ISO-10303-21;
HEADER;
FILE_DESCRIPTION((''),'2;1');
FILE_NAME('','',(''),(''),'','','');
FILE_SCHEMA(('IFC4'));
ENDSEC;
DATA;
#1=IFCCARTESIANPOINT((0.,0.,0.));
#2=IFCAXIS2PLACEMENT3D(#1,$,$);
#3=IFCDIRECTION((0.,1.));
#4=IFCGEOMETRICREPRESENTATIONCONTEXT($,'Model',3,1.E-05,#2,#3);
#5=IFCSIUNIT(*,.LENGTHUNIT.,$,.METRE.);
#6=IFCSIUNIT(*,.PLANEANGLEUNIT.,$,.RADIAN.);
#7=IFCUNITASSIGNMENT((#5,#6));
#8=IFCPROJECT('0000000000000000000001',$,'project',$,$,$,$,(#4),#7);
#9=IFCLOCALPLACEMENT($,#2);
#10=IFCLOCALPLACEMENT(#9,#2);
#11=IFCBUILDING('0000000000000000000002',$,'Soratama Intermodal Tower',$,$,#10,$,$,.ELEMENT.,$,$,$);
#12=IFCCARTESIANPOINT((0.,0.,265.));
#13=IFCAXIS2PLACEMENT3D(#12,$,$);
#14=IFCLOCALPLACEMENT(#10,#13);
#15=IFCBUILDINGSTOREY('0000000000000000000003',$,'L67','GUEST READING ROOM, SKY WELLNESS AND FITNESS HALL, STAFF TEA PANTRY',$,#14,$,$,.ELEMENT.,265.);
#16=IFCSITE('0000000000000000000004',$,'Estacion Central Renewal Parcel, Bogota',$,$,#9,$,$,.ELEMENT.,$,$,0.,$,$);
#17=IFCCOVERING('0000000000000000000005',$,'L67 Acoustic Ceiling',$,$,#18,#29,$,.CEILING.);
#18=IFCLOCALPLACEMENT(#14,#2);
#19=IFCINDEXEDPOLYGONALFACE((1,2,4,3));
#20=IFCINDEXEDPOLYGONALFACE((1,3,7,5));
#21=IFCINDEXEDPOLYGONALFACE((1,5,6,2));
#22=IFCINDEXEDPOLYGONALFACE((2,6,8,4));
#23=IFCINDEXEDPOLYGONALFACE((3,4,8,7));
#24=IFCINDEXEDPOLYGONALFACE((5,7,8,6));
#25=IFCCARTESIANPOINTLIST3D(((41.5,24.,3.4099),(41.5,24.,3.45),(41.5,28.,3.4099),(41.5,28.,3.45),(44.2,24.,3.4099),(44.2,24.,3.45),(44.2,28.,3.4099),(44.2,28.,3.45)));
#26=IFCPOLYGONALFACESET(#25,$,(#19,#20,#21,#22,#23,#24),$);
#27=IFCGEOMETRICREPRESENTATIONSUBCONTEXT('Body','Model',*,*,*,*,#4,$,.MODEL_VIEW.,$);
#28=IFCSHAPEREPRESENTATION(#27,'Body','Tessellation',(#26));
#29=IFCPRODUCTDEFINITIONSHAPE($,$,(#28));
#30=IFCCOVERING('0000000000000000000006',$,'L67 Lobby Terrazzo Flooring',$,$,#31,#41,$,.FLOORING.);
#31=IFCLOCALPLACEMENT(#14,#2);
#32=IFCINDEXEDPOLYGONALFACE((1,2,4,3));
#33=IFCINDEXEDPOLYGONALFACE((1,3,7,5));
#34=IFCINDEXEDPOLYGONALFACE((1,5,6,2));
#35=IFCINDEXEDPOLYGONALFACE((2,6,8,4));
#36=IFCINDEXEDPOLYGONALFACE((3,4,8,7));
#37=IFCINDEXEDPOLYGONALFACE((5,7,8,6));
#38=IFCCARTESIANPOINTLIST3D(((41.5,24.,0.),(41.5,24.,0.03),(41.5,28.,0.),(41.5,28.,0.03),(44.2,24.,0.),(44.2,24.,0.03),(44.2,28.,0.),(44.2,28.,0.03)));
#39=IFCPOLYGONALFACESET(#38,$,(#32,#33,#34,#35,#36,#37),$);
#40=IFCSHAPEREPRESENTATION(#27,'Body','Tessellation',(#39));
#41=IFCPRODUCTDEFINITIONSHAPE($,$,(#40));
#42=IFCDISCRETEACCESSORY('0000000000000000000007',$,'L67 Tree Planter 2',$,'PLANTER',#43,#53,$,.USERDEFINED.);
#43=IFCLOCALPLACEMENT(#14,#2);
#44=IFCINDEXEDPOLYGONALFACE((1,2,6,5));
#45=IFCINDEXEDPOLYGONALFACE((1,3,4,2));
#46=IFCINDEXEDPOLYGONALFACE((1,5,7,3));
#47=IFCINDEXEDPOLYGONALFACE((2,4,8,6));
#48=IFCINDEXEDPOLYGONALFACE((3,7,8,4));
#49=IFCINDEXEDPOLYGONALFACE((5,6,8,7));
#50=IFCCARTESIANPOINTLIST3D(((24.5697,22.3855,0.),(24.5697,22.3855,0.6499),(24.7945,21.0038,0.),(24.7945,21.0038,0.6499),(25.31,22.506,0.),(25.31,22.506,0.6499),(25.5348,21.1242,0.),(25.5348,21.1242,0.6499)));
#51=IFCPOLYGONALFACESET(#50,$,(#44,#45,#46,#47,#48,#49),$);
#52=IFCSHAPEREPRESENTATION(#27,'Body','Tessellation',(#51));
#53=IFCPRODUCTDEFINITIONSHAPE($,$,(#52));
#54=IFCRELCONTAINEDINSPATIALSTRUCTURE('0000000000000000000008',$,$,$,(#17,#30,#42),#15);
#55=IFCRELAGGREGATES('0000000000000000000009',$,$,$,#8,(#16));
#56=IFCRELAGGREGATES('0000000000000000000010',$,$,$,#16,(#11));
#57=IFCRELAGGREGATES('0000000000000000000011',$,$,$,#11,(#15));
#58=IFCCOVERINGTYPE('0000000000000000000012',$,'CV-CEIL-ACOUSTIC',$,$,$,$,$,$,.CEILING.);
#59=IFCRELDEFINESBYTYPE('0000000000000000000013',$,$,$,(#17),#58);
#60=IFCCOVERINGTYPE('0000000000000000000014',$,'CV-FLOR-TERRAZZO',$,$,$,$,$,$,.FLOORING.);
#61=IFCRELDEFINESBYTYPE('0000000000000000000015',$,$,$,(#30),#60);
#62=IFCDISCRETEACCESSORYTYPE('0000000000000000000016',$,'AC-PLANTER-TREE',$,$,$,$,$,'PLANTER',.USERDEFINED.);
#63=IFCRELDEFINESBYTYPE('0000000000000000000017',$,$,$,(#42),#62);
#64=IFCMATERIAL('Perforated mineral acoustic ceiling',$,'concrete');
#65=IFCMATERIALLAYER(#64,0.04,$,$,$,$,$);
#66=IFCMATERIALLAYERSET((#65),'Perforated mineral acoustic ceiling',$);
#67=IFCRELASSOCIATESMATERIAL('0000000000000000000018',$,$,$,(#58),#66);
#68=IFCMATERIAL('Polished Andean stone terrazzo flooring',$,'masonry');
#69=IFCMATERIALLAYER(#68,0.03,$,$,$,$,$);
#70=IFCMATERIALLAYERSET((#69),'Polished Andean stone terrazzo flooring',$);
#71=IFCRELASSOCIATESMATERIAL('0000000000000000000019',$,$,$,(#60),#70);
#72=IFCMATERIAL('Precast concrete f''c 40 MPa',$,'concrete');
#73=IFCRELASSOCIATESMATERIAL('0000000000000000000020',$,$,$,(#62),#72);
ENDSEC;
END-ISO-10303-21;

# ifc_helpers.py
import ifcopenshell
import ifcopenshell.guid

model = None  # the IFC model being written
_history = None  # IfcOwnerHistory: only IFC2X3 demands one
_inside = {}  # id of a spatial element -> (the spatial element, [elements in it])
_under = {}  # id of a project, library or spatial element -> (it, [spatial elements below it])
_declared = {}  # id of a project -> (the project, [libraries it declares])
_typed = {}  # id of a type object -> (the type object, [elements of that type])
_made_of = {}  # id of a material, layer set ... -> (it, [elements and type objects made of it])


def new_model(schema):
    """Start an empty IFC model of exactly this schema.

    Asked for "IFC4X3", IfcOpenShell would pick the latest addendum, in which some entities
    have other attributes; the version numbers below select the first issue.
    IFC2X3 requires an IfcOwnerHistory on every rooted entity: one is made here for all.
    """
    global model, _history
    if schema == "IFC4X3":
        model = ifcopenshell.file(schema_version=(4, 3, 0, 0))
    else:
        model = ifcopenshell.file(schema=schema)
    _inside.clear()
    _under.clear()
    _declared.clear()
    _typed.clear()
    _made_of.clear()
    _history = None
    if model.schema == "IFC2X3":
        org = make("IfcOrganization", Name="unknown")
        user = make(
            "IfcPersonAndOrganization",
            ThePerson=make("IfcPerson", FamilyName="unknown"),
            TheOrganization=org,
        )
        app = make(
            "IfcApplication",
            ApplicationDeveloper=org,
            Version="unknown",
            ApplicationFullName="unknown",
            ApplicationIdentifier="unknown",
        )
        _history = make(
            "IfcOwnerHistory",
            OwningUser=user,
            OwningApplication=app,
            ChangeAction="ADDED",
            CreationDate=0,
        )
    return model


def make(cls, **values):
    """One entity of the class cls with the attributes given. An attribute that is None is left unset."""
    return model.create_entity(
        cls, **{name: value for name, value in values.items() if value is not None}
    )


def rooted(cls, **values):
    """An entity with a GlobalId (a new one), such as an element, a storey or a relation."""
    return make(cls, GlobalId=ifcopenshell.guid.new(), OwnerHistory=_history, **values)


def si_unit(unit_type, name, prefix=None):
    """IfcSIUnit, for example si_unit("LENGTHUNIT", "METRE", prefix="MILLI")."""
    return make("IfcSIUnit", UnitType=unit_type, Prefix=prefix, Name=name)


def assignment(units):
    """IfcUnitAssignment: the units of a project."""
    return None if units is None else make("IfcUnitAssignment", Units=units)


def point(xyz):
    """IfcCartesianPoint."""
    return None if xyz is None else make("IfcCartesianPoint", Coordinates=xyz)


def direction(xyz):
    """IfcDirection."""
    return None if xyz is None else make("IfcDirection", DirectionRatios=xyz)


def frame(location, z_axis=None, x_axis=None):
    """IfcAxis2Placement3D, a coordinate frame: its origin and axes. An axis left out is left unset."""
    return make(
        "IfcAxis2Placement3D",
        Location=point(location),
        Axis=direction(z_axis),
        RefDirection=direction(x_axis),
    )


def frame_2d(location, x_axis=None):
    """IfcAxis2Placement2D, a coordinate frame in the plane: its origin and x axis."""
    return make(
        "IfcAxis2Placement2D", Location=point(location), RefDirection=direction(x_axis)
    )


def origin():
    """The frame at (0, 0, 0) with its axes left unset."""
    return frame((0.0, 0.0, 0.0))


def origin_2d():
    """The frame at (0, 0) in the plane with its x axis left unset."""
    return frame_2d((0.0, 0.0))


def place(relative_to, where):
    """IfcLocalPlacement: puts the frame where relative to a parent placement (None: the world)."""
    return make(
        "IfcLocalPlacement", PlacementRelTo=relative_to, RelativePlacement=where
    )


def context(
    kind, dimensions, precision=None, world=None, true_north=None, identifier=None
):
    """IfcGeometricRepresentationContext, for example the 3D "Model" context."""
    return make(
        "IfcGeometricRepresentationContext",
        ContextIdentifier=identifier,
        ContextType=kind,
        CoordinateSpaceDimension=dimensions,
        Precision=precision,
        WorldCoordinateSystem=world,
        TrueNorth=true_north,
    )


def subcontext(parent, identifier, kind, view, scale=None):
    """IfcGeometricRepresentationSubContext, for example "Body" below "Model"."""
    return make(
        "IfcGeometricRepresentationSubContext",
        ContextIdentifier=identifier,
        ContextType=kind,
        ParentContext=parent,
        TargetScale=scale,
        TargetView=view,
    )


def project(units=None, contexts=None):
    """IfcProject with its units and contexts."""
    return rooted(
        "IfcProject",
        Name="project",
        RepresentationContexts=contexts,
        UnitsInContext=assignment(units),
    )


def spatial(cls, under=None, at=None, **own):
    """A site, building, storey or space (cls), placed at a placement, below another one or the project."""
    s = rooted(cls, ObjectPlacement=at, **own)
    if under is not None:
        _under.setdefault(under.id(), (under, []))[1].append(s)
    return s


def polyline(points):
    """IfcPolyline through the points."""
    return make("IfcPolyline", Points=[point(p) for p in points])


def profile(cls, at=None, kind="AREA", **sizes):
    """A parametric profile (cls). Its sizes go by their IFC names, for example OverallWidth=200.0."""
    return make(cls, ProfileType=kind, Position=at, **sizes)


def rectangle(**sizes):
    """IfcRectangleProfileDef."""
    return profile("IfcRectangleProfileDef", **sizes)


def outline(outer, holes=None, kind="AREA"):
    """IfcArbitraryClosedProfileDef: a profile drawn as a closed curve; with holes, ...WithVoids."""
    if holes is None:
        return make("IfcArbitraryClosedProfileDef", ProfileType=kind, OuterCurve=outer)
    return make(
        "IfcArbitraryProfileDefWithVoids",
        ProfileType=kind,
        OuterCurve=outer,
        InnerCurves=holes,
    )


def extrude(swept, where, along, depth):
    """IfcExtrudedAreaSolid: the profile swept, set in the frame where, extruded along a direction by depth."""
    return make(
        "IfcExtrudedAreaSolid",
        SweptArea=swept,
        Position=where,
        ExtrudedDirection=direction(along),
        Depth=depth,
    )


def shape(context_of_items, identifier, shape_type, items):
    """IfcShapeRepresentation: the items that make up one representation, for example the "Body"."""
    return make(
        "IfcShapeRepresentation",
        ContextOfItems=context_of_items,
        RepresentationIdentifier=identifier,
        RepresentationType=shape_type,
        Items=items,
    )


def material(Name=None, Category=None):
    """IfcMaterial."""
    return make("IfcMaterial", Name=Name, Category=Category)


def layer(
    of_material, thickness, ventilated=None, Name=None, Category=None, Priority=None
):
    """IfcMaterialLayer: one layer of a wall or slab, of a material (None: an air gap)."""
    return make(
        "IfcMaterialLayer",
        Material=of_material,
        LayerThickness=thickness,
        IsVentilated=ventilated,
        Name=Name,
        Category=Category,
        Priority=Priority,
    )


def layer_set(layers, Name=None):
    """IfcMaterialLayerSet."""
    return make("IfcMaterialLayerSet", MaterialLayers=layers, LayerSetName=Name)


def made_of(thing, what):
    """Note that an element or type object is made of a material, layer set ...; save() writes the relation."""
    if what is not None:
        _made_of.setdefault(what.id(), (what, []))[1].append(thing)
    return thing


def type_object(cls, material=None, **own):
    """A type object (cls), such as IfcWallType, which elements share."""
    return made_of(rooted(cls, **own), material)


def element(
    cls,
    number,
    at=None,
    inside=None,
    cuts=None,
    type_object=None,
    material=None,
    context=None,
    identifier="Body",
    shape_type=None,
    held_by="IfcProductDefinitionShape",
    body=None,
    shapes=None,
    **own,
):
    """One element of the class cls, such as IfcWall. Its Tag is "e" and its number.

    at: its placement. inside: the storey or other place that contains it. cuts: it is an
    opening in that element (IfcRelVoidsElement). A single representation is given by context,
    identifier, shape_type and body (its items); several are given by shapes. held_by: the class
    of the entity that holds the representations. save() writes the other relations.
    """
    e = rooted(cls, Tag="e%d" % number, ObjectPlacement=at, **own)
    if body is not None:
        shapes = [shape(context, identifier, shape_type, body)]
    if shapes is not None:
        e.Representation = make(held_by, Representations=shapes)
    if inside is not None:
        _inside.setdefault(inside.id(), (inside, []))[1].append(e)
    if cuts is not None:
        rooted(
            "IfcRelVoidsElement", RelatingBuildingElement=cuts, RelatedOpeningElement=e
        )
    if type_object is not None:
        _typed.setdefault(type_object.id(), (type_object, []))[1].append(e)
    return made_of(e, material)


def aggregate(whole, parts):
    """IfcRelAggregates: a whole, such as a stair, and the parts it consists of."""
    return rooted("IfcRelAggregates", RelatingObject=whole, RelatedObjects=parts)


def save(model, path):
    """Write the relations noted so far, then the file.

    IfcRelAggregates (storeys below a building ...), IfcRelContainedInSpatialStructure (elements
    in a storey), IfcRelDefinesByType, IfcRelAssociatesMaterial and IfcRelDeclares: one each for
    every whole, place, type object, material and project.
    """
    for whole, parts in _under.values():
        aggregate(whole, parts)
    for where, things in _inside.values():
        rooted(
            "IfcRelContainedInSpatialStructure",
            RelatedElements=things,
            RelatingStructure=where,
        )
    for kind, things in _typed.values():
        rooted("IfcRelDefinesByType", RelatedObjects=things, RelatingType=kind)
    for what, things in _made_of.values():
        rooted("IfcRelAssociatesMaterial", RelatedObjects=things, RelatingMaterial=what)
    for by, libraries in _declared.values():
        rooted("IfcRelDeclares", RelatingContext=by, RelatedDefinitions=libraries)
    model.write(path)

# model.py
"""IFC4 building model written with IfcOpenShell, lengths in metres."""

from ifc_helpers import new_model, si_unit, direction, frame, origin, origin_2d, place, context, subcontext, project, spatial, polyline, rectangle, outline, extrude, material, layer, layer_set, type_object, element, save


model = new_model("IFC4")

# Units and contexts
model_context = context("Model", 3, precision=1e-05, world=origin(), true_north=direction((0.0, 1.0)))
body_context = subcontext(model_context, "Body", "Model", "MODEL_VIEW")
ifc_project = project(units=[si_unit("LENGTHUNIT", "METRE"), si_unit("PLANEANGLEUNIT", "RADIAN")], contexts=[model_context])

# Site, building, storey
site_placement = place(None, origin())
site = spatial("IfcSite", under=ifc_project, at=site_placement, Name="Estacion Central Renewal Parcel, Bogota", CompositionType="ELEMENT", RefElevation=0.0)
building_placement = place(site_placement, origin())
building = spatial("IfcBuilding", under=site, at=building_placement, Name="Soratama Intermodal Tower", CompositionType="ELEMENT")
storey_placement = place(building_placement, frame((0.0, 0.0, 265.0)))
storey = spatial("IfcBuildingStorey", under=building, at=storey_placement, Name="L67", Description="GUEST READING ROOM, SKY WELLNESS AND FITNESS HALL, STAFF TEA PANTRY", CompositionType="ELEMENT", Elevation=265.0)

# Coverings
ifc_material_1 = material(Name="Perforated mineral acoustic ceiling", Category="concrete")
ifc_layer_1 = layer(ifc_material_1, 0.04)
ifc_layer_set_1 = layer_set([ifc_layer_1], Name="Perforated mineral acoustic ceiling")
covering_type_1 = type_object("IfcCoveringType", Name="CV-CEIL-ACOUSTIC", PredefinedType="CEILING", material=ifc_layer_set_1)
covering_1_placement = place(storey_placement, frame((0.0, 0.0, 3.4099)))
element("IfcCovering", 1, at=covering_1_placement, inside=storey, type_object=covering_type_1, Name="L67 Acoustic Ceiling", PredefinedType="CEILING", context=body_context, shape_type="SweptSolid", body=[
    extrude(outline(polyline([(41.5, 24.0), (44.2, 24.0), (44.2, 28.0), (41.5, 28.0), (41.5, 24.0)])), origin(), (0.0, 0.0, 1.0), 0.04),
])
ifc_material_2 = material(Name="Polished Andean stone terrazzo flooring", Category="masonry")
ifc_layer_2 = layer(ifc_material_2, 0.03)
ifc_layer_set_2 = layer_set([ifc_layer_2], Name="Polished Andean stone terrazzo flooring")
covering_type_2 = type_object("IfcCoveringType", Name="CV-FLOR-TERRAZZO", PredefinedType="FLOORING", material=ifc_layer_set_2)
covering_2_placement = place(storey_placement, origin())
element("IfcCovering", 2, at=covering_2_placement, inside=storey, type_object=covering_type_2, Name="L67 Lobby Terrazzo Flooring", PredefinedType="FLOORING", context=body_context, shape_type="SweptSolid", body=[
    extrude(outline(polyline([(41.5, 24.0), (44.2, 24.0), (44.2, 28.0), (41.5, 28.0), (41.5, 24.0)])), origin(), (0.0, 0.0, 1.0), 0.03),
])

# Discrete accessory
ifc_material_3 = material(Name="Precast concrete f'c 40 MPa", Category="concrete")
discrete_accessory_type = type_object("IfcDiscreteAccessoryType", Name="AC-PLANTER-TREE", ElementType="PLANTER", PredefinedType="USERDEFINED", material=ifc_material_3)
discrete_accessory_placement = place(storey_placement, frame((25.0522, 21.7549, 0.0), z_axis=(0.0, 0.0, 1.0), x_axis=(-0.987024, -0.16057, 0.0)))
element("IfcDiscreteAccessory", 3, at=discrete_accessory_placement, inside=storey, type_object=discrete_accessory_type, Name="L67 Tree Planter 2", ObjectType="PLANTER", PredefinedType="USERDEFINED", context=body_context, shape_type="SweptSolid", body=[
    extrude(rectangle(XDim=0.75, YDim=1.3999, at=origin_2d()), origin(), (0.0, 0.0, 1.0), 0.6499),
])

save(model, "model.ifc")
